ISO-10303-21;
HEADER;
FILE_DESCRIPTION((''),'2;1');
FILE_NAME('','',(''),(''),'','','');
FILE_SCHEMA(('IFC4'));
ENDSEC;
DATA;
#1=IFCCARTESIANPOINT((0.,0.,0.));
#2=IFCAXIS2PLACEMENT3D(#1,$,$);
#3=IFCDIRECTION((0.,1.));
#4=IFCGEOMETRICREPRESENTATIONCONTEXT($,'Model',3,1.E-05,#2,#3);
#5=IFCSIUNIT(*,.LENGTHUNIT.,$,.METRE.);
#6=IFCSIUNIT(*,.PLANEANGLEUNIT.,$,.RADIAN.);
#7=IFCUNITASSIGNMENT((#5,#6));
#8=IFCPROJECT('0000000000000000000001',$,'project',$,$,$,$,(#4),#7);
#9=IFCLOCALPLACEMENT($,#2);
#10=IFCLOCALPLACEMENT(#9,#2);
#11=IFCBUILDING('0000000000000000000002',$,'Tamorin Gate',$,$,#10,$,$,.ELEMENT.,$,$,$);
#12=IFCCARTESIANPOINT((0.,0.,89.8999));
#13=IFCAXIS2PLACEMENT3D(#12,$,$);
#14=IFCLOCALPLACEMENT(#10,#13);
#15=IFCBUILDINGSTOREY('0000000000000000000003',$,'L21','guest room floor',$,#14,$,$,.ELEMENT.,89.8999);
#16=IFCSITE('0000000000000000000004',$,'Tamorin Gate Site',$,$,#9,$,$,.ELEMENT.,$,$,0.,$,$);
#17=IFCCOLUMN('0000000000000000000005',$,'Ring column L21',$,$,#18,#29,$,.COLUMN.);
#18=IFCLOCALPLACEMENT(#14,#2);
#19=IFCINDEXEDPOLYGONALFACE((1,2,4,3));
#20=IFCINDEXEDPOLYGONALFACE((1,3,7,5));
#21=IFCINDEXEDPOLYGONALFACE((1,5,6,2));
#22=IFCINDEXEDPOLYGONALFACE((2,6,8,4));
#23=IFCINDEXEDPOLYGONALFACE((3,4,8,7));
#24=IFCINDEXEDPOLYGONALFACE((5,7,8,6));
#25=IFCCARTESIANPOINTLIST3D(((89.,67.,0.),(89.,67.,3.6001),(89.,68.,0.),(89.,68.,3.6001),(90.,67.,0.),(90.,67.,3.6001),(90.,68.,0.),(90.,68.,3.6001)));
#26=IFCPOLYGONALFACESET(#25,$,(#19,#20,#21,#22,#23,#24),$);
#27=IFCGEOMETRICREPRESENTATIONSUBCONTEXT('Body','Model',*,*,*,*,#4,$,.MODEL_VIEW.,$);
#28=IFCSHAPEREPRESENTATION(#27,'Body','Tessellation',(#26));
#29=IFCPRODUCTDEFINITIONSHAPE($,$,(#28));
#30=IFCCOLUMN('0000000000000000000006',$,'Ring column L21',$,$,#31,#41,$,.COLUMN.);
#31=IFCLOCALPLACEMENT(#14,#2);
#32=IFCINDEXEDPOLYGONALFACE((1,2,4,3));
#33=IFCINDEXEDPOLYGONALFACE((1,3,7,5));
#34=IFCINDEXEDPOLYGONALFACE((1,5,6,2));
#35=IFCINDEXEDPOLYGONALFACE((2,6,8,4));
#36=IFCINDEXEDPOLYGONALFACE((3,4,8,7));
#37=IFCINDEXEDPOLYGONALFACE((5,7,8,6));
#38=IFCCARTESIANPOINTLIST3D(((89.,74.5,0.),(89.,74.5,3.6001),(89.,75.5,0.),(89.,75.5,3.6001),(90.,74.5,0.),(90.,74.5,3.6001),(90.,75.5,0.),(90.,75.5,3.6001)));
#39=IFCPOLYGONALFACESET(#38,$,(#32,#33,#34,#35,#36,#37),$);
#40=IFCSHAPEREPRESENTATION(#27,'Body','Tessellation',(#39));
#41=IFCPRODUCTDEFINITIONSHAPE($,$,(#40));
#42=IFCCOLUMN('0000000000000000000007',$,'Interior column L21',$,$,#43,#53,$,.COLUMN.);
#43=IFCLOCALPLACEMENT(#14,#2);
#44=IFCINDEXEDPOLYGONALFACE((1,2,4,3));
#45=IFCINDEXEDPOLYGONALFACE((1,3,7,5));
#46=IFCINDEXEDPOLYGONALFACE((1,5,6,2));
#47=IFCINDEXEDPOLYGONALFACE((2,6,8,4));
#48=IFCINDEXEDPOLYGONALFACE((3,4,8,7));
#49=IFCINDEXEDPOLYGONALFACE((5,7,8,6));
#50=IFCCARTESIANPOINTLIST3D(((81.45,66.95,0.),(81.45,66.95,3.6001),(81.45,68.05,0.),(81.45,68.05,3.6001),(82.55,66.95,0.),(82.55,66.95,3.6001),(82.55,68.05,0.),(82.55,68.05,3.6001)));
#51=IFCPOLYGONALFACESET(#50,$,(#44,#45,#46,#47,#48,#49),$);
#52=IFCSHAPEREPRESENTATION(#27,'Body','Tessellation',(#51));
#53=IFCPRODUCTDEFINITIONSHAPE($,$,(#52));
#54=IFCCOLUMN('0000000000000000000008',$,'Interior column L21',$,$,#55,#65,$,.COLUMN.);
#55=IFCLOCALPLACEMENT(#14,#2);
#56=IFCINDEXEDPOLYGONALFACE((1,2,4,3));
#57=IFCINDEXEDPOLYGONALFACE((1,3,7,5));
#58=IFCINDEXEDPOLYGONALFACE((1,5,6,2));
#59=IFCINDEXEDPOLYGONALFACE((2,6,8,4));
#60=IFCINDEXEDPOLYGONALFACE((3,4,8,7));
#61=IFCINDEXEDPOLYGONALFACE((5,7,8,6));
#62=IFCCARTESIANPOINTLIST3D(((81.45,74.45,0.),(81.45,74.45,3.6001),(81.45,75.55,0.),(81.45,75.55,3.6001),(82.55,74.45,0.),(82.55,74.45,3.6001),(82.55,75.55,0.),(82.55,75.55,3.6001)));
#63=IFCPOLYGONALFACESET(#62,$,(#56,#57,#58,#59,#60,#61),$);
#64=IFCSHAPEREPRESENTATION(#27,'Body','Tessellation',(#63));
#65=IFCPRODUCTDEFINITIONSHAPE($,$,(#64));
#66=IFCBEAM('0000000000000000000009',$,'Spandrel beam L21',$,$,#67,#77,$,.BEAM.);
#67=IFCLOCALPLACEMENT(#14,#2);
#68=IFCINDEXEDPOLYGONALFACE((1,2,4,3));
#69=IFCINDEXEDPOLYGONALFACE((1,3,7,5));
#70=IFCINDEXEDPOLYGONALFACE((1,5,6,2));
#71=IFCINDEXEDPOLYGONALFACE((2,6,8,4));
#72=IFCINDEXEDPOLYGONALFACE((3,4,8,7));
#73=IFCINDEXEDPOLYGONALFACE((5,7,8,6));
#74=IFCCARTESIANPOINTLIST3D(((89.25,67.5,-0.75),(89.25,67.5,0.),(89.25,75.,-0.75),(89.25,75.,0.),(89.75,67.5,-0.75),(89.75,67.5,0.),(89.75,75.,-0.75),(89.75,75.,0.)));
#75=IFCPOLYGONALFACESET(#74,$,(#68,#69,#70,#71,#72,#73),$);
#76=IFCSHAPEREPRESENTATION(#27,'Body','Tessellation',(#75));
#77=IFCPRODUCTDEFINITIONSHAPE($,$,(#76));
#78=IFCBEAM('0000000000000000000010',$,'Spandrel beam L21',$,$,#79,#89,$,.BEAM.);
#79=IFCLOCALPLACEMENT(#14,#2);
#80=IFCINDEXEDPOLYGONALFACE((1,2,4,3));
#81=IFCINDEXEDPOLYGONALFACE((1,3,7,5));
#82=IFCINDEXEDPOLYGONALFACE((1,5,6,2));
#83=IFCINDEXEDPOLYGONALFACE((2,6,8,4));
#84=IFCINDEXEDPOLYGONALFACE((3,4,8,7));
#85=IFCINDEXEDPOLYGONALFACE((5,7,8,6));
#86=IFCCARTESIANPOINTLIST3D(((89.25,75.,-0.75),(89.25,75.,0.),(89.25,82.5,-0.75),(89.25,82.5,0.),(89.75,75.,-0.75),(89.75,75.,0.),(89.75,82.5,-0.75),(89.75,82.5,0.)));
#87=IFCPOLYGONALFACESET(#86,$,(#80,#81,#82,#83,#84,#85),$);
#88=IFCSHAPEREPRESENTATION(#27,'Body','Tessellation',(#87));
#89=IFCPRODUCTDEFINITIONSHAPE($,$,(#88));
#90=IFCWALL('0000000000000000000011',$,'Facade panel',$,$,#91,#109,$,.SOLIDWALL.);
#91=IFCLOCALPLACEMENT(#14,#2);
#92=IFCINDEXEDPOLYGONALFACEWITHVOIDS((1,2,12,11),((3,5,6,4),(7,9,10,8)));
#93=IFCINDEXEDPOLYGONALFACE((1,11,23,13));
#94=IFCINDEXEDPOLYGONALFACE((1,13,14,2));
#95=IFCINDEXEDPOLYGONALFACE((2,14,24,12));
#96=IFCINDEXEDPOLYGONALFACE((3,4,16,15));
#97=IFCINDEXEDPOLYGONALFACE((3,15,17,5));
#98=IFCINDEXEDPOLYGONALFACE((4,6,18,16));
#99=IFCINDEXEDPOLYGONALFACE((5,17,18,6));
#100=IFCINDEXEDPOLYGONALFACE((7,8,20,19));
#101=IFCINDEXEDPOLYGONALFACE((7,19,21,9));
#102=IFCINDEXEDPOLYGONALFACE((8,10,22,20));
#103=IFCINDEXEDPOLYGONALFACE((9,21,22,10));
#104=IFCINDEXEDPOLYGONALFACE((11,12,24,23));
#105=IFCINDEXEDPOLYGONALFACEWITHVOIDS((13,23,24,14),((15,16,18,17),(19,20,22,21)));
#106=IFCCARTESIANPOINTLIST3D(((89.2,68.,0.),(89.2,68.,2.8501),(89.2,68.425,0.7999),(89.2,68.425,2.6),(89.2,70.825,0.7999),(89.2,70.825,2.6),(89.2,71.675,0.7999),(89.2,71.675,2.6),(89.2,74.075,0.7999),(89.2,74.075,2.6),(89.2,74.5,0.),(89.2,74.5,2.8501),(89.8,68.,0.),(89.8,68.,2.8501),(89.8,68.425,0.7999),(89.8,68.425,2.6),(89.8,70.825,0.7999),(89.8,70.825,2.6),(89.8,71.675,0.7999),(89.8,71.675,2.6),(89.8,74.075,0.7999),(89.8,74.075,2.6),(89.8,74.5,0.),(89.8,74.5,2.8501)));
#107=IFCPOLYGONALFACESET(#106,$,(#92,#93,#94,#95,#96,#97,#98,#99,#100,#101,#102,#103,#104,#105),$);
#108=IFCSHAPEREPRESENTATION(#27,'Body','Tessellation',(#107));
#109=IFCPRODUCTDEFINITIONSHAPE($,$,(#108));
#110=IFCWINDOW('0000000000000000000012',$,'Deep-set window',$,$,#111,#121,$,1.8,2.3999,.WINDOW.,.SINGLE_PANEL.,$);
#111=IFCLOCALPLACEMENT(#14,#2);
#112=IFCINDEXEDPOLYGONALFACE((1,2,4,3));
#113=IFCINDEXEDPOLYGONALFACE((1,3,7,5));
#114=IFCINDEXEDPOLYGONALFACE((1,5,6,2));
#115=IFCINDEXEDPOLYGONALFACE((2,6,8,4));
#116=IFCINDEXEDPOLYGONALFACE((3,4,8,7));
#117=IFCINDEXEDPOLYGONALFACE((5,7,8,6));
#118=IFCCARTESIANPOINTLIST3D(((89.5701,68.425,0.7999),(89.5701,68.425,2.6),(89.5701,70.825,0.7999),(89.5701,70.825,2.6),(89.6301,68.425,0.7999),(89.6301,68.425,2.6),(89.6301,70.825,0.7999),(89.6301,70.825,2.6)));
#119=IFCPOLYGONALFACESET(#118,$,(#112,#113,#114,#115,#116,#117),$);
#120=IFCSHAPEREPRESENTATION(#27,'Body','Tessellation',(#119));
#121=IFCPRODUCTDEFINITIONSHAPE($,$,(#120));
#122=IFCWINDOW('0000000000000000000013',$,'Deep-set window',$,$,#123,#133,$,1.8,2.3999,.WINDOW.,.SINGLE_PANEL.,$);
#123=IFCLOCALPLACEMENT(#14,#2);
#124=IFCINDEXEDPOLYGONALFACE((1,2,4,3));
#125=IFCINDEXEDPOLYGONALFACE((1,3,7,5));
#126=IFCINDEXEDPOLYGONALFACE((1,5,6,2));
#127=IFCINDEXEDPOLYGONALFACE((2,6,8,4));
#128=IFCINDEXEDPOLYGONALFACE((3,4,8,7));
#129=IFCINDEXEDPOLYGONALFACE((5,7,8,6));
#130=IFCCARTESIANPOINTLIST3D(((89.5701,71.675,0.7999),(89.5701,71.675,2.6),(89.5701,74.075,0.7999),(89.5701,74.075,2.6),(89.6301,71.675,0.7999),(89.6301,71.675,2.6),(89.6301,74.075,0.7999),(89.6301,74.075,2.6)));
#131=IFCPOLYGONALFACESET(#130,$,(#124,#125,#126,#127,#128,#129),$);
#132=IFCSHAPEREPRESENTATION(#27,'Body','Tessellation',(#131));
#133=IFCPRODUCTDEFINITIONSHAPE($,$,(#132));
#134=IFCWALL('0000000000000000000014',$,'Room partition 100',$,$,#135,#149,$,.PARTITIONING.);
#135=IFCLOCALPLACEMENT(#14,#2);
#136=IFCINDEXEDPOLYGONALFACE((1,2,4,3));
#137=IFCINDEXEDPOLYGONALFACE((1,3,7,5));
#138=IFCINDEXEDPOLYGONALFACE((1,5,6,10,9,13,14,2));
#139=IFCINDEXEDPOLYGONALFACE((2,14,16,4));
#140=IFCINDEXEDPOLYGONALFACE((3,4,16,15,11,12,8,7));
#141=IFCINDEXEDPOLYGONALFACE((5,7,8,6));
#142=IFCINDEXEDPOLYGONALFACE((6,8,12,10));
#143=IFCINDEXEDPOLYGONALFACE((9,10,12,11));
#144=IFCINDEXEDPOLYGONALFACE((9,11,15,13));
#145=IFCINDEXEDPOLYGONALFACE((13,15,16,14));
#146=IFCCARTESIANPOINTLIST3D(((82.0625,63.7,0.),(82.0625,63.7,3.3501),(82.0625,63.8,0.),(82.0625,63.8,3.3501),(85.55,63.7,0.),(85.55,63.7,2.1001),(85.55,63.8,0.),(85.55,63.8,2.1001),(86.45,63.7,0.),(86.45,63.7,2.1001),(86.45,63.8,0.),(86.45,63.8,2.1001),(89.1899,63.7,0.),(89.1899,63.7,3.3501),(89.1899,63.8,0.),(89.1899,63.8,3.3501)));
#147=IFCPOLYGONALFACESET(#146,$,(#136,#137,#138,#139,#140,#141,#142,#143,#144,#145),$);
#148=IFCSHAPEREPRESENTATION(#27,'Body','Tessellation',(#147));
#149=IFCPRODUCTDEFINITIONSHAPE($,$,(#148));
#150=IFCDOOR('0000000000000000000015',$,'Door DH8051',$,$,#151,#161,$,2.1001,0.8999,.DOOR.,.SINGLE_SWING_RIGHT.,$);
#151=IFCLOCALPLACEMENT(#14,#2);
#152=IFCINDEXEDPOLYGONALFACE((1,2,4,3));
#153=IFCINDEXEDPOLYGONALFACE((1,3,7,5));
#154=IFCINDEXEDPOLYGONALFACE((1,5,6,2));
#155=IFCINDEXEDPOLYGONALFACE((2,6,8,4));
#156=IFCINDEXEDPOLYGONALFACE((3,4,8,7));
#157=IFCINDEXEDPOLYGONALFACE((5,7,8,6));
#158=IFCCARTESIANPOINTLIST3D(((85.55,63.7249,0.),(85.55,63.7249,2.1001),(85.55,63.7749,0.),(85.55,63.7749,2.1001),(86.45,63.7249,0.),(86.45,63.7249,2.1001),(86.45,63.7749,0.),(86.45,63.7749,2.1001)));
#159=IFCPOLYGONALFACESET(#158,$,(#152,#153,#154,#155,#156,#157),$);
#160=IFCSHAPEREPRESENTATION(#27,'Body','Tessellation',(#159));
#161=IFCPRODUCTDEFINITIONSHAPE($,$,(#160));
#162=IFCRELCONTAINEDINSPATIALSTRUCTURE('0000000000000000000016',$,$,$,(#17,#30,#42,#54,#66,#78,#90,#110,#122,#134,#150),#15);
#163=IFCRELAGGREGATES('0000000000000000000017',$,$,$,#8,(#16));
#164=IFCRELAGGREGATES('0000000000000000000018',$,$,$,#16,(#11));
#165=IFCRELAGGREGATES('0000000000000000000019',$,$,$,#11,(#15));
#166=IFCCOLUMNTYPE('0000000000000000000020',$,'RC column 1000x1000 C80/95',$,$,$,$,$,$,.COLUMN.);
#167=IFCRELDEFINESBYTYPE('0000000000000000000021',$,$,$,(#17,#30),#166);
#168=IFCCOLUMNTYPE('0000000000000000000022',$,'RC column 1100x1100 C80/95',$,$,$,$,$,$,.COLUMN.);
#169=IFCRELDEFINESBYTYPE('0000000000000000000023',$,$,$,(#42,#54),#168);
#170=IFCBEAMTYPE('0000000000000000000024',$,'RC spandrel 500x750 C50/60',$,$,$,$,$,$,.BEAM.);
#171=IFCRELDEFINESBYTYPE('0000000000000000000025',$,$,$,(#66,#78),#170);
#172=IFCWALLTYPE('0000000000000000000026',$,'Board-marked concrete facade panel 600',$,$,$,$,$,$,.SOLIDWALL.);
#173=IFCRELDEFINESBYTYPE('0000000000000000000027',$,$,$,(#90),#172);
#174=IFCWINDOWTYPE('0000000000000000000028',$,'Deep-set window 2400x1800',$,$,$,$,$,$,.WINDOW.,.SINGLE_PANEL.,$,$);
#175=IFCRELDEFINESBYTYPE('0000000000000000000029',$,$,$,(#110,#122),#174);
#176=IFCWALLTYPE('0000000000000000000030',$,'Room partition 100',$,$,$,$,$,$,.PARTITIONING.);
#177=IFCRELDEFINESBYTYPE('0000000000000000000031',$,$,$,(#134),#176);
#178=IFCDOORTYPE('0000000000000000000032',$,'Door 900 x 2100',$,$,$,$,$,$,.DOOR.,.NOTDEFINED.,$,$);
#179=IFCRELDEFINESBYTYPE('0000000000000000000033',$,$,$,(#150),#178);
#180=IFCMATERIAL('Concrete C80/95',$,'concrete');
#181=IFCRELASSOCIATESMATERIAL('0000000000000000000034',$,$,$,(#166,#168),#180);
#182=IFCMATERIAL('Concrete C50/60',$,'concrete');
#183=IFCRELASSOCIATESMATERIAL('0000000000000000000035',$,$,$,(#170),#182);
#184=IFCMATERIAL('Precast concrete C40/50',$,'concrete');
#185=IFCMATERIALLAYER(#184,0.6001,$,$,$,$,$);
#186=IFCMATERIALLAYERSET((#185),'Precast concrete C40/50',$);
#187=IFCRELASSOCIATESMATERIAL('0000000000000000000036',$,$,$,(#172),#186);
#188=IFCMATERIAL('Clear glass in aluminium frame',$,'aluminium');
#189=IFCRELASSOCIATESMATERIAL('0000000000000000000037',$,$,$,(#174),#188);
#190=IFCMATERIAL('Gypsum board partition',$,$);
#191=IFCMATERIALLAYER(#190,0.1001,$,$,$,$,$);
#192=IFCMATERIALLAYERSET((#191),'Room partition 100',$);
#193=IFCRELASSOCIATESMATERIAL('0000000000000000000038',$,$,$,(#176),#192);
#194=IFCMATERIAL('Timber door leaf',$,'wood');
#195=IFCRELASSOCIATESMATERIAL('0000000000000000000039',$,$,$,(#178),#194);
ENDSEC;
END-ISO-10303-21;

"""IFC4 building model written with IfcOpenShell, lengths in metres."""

from ifc_helpers import new_model, si_unit, direction, frame, frame_2d, origin, origin_2d, place, context, subcontext, project, spatial, rectangle, extrude, material, layer, layer_set, material_profile, profile_set, type_object, element, fill, save


model = new_model("IFC4")

# Units and contexts
model_context = context("Model", 3, precision=1e-05, world=origin(), true_north=direction((0.0, 1.0)))
body_context = subcontext(model_context, "Body", "Model", "MODEL_VIEW")
ifc_project = project(units=[si_unit("LENGTHUNIT", "METRE"), si_unit("PLANEANGLEUNIT", "RADIAN")], contexts=[model_context])

# Site, building, storey
site_placement = place(None, origin())
site = spatial("IfcSite", under=ifc_project, at=site_placement, Name="Tamorin Gate Site", CompositionType="ELEMENT", RefElevation=0.0)
building_placement = place(site_placement, origin())
building = spatial("IfcBuilding", under=site, at=building_placement, Name="Tamorin Gate", CompositionType="ELEMENT")
storey_placement = place(building_placement, frame((0.0, 0.0, 89.8999)))
storey = spatial("IfcBuildingStorey", under=building, at=storey_placement, Name="L21", Description="guest room floor", CompositionType="ELEMENT", Elevation=89.8999)

# Columns
ifc_material_1 = material(Name="Concrete C80/95", Category="concrete")
ifc_material_profile_1 = material_profile(ifc_material_1, rectangle(XDim=1.0, YDim=1.0, at=origin_2d()), Name="RC 1000x1000")
ifc_profile_set_1 = profile_set([ifc_material_profile_1], Name="Concrete C80/95")
column_type_1 = type_object("IfcColumnType", Name="RC column 1000x1000 C80/95", PredefinedType="COLUMN", material=ifc_profile_set_1)
for number, where, z_axis, x_axis, name in (
    (1, (89.5, 67.5, 0.0), (0.0, 0.0, 1.0), (1.0, 0.0, 0.0), "Ring column L21"),
    (2, (89.5, 75.0, 0.0), (0.0, 0.0, 1.0), (1.0, 0.0, 0.0), "Ring column L21"),
):
    element("IfcColumn", number, at=place(storey_placement, frame(where, z_axis=z_axis, x_axis=x_axis)), inside=storey, type_object=column_type_1, Name=name, PredefinedType="COLUMN", context=body_context, shape_type="SweptSolid", body=[
        extrude(rectangle(XDim=1.0, YDim=1.0, at=origin_2d()), origin(), (0.0, 0.0, 1.0), 3.6001),
    ])
ifc_material_profile_2 = material_profile(ifc_material_1, rectangle(XDim=1.1001, YDim=1.1001, at=origin_2d()), Name="RC 1100x1100")
ifc_profile_set_2 = profile_set([ifc_material_profile_2], Name="Concrete C80/95")
column_type_2 = type_object("IfcColumnType", Name="RC column 1100x1100 C80/95", PredefinedType="COLUMN", material=ifc_profile_set_2)
for number, where, z_axis, x_axis, name in (
    (3, (82.0, 67.5, 0.0), (0.0, 0.0, 1.0), (1.0, 0.0, 0.0), "Interior column L21"),
    (4, (82.0, 75.0, 0.0), (0.0, 0.0, 1.0), (1.0, 0.0, 0.0), "Interior column L21"),
):
    element("IfcColumn", number, at=place(storey_placement, frame(where, z_axis=z_axis, x_axis=x_axis)), inside=storey, type_object=column_type_2, Name=name, PredefinedType="COLUMN", context=body_context, shape_type="SweptSolid", body=[
        extrude(rectangle(XDim=1.1001, YDim=1.1001, at=origin_2d()), origin(), (0.0, 0.0, 1.0), 3.6001),
    ])

# Beams
ifc_material_2 = material(Name="Concrete C50/60", Category="concrete")
ifc_material_profile_3 = material_profile(ifc_material_2, rectangle(XDim=0.5, YDim=0.75, at=origin_2d()), Name="RC 500x750")
ifc_profile_set_3 = profile_set([ifc_material_profile_3], Name="Concrete C50/60")
beam_type = type_object("IfcBeamType", Name="RC spandrel 500x750 C50/60", PredefinedType="BEAM", material=ifc_profile_set_3)
for number, where, z_axis, x_axis, name in (
    (5, (89.5, 67.5, -0.375), (0.0, 1.0, 0.0), (-1.0, 0.0, 0.0), "Spandrel beam L21"),
    (6, (89.5, 75.0, -0.375), (0.0, 1.0, 0.0), (-1.0, 0.0, 0.0), "Spandrel beam L21"),
):
    element("IfcBeam", number, at=place(storey_placement, frame(where, z_axis=z_axis, x_axis=x_axis)), inside=storey, type_object=beam_type, Name=name, PredefinedType="BEAM", context=body_context, shape_type="SweptSolid", body=[
        extrude(rectangle(XDim=0.5, YDim=0.75, at=origin_2d()), origin(), (0.0, 0.0, 1.0), 7.5),
    ])

# Wall, openings, windows
ifc_material_3 = material(Name="Precast concrete C40/50", Category="concrete")
ifc_layer_1 = layer(ifc_material_3, 0.6001)
ifc_layer_set_1 = layer_set([ifc_layer_1], Name="Precast concrete C40/50")
wall_type_1 = type_object("IfcWallType", Name="Board-marked concrete facade panel 600", PredefinedType="SOLIDWALL", material=ifc_layer_set_1)
wall_1_placement = place(storey_placement, frame((89.5, 68.0, 0.0), z_axis=(0.0, 0.0, 1.0), x_axis=(0.0, 1.0, 0.0)))
wall_1 = element("IfcWall", 7, at=wall_1_placement, inside=storey, type_object=wall_type_1, Name="Facade panel", PredefinedType="SOLIDWALL", context=body_context, shape_type="SweptSolid", body=[
    extrude(rectangle(XDim=6.5, YDim=0.6001, at=frame_2d((3.25, 0.0))), origin(), (0.0, 0.0, 1.0), 2.8501),
])
opening_1_placement = place(wall_1_placement, frame((0.425, 0.0, 0.8)))
opening_1 = element("IfcOpeningElement", 8, at=opening_1_placement, cuts=wall_1, PredefinedType="OPENING", context=body_context, shape_type="SweptSolid", body=[
    extrude(rectangle(XDim=2.3999, YDim=1.8, at=frame_2d((1.2, 0.8999))), frame((0.0, 0.3101, 0.0), z_axis=(0.0, -1.0, 0.0), x_axis=(1.0, 0.0, 0.0)), (0.0, 0.0, 1.0), 0.6201),
])
opening_2_placement = place(wall_1_placement, frame((3.675, 0.0, 0.8)))
opening_2 = element("IfcOpeningElement", 9, at=opening_2_placement, cuts=wall_1, PredefinedType="OPENING", context=body_context, shape_type="SweptSolid", body=[
    extrude(rectangle(XDim=2.3999, YDim=1.8, at=frame_2d((1.2, 0.8999))), frame((0.0, 0.3101, 0.0), z_axis=(0.0, -1.0, 0.0), x_axis=(1.0, 0.0, 0.0)), (0.0, 0.0, 1.0), 0.6201),
])
ifc_material_4 = material(Name="Clear glass in aluminium frame", Category="aluminium")
window_type = type_object("IfcWindowType", Name="Deep-set window 2400x1800", PartitioningType="SINGLE_PANEL", PredefinedType="WINDOW", material=ifc_material_4)
window_1_placement = place(opening_1_placement, origin())
window_1 = element("IfcWindow", 10, at=window_1_placement, inside=storey, type_object=window_type, Name="Deep-set window", OverallHeight=1.8, OverallWidth=2.3999, PartitioningType="SINGLE_PANEL", PredefinedType="WINDOW", context=body_context, shape_type="SweptSolid", body=[
    extrude(rectangle(XDim=2.3999, YDim=1.8, at=frame_2d((1.2, 0.8999))), frame((0.0, -0.0701, 0.0), z_axis=(0.0, -1.0, 0.0), x_axis=(1.0, 0.0, 0.0)), (0.0, 0.0, 1.0), 0.0601),
])
fill(opening_1, window_1)
window_2_placement = place(opening_2_placement, origin())
window_2 = element("IfcWindow", 11, at=window_2_placement, inside=storey, type_object=window_type, Name="Deep-set window", OverallHeight=1.8, OverallWidth=2.3999, PartitioningType="SINGLE_PANEL", PredefinedType="WINDOW", context=body_context, shape_type="SweptSolid", body=[
    extrude(rectangle(XDim=2.3999, YDim=1.8, at=frame_2d((1.2, 0.8999))), frame((0.0, -0.0701, 0.0), z_axis=(0.0, -1.0, 0.0), x_axis=(1.0, 0.0, 0.0)), (0.0, 0.0, 1.0), 0.0601),
])
fill(opening_2, window_2)

# Wall, opening, door
ifc_material_5 = material(Name="Gypsum board partition")
ifc_layer_2 = layer(ifc_material_5, 0.1001)
ifc_layer_set_2 = layer_set([ifc_layer_2], Name="Room partition 100")
wall_type_2 = type_object("IfcWallType", Name="Room partition 100", PredefinedType="PARTITIONING", material=ifc_layer_set_2)
wall_2_placement = place(storey_placement, frame((82.0625, 63.75, 0.0), z_axis=(0.0, 0.0, 1.0), x_axis=(1.0, 0.0, 0.0)))
wall_2 = element("IfcWall", 12, at=wall_2_placement, inside=storey, type_object=wall_type_2, Name="Room partition 100", PredefinedType="PARTITIONING", context=body_context, shape_type="SweptSolid", body=[
    extrude(rectangle(XDim=7.1274, YDim=0.1001, at=frame_2d((3.5637, 0.0))), origin(), (0.0, 0.0, 1.0), 3.3501),
])
opening_3_placement = place(wall_2_placement, frame((3.4875, 0.0, 0.0)))
opening_3 = element("IfcOpeningElement", 13, at=opening_3_placement, cuts=wall_2, PredefinedType="OPENING", context=body_context, shape_type="SweptSolid", body=[
    extrude(rectangle(XDim=0.8999, YDim=2.1001, at=frame_2d((0.45, 1.05))), frame((0.0, 0.0601, 0.0), z_axis=(0.0, -1.0, 0.0), x_axis=(1.0, 0.0, 0.0)), (0.0, 0.0, 1.0), 0.1201),
])
ifc_material_6 = material(Name="Timber door leaf", Category="wood")
door_type = type_object("IfcDoorType", Name="Door 900 x 2100", OperationType="NOTDEFINED", PredefinedType="DOOR", material=ifc_material_6)
door_1_placement = place(opening_3_placement, origin())
door_1 = element("IfcDoor", 14, at=door_1_placement, inside=storey, type_object=door_type, Name="Door DH8051", OperationType="SINGLE_SWING_RIGHT", OverallHeight=2.1001, OverallWidth=0.8999, PredefinedType="DOOR", context=body_context, shape_type="SweptSolid", body=[
    extrude(rectangle(XDim=0.8999, YDim=2.1001, at=frame_2d((0.45, 1.05))), frame((0.0, 0.0249, 0.0), z_axis=(0.0, -1.0, 0.0), x_axis=(1.0, 0.0, 0.0)), (0.0, 0.0, 1.0), 0.05),
])
fill(opening_3, door_1)

save(model, "model.ifc")
